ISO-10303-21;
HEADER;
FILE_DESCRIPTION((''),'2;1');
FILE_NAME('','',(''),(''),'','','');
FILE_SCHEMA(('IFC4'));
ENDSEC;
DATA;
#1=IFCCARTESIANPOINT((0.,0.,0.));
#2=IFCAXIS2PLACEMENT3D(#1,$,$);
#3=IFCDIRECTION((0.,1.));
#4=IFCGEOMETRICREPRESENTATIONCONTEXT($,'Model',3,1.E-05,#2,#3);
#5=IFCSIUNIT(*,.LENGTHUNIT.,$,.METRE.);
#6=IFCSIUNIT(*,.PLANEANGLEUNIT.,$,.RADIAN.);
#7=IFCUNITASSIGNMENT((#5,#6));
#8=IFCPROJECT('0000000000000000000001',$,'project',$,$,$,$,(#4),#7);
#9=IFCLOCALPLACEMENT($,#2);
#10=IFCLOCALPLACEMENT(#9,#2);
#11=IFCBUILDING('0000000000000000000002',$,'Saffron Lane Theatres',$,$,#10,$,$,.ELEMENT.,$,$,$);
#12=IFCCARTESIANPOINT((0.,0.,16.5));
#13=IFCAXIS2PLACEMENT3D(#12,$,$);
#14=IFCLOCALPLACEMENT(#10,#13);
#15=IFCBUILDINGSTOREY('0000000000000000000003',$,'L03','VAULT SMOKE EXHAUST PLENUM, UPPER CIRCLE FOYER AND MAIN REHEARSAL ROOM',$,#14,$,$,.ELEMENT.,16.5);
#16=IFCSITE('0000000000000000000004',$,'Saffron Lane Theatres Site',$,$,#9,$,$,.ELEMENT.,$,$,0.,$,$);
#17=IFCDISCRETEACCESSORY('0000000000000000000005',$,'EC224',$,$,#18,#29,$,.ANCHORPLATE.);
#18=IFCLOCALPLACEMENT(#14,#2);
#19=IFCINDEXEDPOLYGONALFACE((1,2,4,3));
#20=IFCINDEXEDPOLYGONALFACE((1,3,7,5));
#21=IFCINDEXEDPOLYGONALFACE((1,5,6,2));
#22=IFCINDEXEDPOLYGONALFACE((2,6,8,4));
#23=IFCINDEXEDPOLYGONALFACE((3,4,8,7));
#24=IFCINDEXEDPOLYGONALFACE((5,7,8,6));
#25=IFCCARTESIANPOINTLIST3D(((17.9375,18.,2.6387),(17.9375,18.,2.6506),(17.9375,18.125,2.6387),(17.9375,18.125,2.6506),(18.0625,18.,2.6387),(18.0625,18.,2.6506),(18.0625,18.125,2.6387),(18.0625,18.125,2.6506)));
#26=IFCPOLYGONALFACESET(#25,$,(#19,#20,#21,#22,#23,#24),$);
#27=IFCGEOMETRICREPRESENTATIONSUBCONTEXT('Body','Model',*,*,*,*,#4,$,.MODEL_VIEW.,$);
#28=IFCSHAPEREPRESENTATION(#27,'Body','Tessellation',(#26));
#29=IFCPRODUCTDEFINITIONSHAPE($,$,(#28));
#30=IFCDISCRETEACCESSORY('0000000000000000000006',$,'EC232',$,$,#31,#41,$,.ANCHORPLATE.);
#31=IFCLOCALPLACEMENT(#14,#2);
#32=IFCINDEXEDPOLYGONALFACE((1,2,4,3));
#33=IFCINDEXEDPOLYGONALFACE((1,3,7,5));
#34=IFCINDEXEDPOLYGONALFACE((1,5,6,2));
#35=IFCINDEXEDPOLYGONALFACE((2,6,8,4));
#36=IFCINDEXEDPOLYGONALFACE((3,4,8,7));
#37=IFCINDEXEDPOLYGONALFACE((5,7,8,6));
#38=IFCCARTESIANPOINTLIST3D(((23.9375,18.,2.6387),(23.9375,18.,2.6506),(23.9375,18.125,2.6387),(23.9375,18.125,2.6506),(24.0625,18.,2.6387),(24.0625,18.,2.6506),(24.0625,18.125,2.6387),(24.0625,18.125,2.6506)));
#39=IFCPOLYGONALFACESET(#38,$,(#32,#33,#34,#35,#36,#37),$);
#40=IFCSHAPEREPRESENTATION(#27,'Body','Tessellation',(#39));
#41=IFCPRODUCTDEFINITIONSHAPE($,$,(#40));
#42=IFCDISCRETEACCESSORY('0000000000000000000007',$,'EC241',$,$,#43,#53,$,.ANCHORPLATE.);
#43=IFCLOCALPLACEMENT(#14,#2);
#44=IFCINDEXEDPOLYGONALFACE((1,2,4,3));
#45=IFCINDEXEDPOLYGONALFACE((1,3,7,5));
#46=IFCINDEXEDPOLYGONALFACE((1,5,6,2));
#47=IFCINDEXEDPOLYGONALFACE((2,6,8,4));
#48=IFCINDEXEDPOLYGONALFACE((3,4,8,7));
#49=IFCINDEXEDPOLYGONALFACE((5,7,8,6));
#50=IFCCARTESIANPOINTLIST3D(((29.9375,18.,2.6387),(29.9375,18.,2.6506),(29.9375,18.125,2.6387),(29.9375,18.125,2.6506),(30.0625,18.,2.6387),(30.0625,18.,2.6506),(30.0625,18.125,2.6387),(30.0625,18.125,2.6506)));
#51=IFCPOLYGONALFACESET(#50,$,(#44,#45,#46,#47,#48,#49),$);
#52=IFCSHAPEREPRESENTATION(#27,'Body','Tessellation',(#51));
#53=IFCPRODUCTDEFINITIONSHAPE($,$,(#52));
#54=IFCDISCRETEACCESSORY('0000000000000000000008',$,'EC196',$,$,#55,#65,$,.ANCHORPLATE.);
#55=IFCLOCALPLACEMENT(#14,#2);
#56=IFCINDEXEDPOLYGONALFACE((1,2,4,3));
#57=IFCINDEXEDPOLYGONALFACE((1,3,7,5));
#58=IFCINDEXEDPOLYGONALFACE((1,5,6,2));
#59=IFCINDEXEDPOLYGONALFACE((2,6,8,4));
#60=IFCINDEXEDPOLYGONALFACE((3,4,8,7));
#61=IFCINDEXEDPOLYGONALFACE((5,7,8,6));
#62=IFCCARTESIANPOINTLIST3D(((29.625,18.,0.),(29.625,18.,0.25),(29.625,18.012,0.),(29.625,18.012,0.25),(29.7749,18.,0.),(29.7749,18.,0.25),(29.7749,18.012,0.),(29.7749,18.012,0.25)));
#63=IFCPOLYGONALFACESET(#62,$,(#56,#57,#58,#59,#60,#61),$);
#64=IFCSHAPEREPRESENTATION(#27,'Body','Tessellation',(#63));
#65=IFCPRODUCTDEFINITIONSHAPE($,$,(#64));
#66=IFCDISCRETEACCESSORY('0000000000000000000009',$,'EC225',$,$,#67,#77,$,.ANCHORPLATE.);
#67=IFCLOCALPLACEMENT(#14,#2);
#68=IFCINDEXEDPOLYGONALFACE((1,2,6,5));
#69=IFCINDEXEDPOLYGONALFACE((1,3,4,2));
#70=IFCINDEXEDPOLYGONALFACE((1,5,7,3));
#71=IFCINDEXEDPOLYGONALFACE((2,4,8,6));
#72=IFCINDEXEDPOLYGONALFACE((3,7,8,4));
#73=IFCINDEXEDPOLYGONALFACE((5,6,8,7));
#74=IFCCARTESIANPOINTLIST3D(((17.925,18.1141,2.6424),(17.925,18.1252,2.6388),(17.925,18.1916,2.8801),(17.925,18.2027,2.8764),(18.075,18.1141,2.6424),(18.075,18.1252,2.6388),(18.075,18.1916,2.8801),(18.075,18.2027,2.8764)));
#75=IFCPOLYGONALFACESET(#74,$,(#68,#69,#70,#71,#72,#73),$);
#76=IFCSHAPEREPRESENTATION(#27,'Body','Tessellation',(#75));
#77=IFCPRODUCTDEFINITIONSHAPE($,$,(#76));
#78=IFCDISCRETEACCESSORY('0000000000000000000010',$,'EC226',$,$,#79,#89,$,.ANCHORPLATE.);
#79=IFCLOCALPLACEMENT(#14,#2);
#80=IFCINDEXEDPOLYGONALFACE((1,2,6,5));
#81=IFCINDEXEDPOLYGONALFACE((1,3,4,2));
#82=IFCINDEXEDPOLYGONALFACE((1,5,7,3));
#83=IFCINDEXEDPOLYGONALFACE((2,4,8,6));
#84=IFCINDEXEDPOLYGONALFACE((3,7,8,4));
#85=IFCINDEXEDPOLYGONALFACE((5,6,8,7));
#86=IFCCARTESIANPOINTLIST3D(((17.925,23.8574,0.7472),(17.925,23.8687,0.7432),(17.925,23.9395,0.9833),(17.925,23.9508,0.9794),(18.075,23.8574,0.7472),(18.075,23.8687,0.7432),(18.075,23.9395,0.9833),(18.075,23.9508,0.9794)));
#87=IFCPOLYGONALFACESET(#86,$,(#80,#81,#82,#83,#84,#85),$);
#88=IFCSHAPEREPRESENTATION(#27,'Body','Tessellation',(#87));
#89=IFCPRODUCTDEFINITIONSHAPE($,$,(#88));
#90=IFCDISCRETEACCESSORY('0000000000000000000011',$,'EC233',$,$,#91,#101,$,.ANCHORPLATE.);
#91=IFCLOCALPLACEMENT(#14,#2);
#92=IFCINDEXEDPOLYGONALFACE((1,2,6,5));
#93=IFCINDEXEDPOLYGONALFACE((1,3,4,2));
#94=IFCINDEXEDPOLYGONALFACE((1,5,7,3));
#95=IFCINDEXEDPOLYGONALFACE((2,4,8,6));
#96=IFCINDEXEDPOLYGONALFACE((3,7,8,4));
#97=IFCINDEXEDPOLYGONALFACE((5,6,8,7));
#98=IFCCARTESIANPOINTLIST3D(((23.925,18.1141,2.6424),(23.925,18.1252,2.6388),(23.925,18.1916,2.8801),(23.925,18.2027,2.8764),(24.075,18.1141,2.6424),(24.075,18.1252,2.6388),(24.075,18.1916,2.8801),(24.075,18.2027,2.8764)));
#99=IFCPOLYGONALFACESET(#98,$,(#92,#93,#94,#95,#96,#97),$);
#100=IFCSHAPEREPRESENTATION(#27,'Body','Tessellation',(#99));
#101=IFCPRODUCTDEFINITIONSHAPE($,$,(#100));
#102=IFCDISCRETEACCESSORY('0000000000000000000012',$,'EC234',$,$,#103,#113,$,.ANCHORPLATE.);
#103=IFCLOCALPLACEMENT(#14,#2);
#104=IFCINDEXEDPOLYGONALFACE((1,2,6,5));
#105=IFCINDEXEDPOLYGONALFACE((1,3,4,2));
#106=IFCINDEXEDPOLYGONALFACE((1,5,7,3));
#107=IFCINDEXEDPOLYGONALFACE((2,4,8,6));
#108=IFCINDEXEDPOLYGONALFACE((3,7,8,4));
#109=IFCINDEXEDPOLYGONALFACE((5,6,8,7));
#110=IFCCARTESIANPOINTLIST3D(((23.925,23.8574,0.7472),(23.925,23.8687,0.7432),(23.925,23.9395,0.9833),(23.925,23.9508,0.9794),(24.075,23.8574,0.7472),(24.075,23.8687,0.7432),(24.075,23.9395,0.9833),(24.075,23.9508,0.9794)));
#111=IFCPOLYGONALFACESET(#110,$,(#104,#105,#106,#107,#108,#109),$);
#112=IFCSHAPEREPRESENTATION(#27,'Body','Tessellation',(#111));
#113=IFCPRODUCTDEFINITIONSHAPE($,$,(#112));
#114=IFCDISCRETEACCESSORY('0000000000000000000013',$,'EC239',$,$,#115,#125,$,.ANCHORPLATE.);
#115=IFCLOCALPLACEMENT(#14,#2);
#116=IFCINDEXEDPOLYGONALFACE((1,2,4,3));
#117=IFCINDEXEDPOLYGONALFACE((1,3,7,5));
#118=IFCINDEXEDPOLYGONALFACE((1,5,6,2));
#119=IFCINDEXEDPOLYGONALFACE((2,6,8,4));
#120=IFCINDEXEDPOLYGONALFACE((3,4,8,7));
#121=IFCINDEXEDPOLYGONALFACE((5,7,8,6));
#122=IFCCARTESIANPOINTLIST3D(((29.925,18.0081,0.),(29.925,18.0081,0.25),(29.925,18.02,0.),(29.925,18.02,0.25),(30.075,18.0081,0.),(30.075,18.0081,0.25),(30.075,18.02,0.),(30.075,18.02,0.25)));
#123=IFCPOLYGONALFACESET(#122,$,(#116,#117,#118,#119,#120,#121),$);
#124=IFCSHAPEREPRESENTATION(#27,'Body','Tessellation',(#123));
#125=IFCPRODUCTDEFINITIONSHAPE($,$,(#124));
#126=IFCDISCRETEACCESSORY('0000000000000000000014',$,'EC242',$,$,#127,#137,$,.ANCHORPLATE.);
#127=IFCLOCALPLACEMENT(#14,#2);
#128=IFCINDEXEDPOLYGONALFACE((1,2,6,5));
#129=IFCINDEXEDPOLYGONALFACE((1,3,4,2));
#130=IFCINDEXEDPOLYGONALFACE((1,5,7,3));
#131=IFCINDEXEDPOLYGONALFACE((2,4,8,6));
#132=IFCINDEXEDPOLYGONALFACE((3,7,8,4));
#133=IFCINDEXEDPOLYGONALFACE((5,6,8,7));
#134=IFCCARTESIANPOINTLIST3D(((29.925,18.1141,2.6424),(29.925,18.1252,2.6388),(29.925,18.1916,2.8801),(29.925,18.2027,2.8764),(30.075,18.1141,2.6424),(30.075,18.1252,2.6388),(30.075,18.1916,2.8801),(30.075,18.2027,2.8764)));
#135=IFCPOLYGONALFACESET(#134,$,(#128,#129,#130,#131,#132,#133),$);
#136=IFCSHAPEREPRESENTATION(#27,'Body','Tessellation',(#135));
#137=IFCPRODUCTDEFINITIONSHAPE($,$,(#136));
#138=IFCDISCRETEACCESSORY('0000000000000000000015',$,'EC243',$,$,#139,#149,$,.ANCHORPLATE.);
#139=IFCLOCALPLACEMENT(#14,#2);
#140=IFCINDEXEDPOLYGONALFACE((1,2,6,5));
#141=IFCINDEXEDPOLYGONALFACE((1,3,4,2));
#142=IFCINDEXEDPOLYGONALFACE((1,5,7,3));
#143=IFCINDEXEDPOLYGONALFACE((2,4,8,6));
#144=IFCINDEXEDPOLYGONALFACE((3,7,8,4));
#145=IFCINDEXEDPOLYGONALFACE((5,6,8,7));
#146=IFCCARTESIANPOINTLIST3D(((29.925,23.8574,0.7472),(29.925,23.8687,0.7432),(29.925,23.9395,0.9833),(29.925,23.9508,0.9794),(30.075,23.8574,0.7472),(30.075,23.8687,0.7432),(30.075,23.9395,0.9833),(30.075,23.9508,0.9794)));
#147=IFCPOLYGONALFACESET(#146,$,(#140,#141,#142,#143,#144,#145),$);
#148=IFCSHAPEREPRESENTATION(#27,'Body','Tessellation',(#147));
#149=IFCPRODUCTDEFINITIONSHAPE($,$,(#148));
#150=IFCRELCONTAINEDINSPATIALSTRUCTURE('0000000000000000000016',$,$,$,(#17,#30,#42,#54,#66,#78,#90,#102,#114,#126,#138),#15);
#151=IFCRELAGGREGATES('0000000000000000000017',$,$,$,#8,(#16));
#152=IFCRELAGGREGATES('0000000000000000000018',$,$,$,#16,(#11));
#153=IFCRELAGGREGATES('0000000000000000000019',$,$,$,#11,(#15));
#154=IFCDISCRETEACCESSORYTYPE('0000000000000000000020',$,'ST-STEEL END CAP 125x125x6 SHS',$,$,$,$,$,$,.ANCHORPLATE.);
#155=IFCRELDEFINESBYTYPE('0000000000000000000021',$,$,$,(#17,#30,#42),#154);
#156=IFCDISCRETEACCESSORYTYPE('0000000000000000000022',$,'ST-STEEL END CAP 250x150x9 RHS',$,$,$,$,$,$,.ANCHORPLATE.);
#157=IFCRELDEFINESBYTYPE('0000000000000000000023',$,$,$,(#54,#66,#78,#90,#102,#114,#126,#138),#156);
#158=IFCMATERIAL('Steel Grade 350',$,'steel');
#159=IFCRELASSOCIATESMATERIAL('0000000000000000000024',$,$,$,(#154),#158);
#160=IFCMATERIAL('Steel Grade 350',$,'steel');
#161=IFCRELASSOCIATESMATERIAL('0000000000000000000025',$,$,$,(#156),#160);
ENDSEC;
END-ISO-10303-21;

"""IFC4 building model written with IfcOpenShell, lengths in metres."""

from ifc_helpers import new_model, si_unit, direction, frame, origin, origin_2d, place, context, subcontext, project, spatial, rectangle, extrude, material, material_profile, profile_set, type_object, element, save


model = new_model("IFC4")

# Units and contexts
model_context = context("Model", 3, precision=1e-05, world=origin(), true_north=direction((0.0, 1.0)))
body_context = subcontext(model_context, "Body", "Model", "MODEL_VIEW")
ifc_project = project(units=[si_unit("LENGTHUNIT", "METRE"), si_unit("PLANEANGLEUNIT", "RADIAN")], contexts=[model_context])

# Site, building, storey
site_placement = place(None, origin())
site = spatial("IfcSite", under=ifc_project, at=site_placement, Name="Saffron Lane Theatres Site", CompositionType="ELEMENT", RefElevation=0.0)
building_placement = place(site_placement, origin())
building = spatial("IfcBuilding", under=site, at=building_placement, Name="Saffron Lane Theatres", CompositionType="ELEMENT")
storey_placement = place(building_placement, frame((0.0, 0.0, 16.5)))
storey = spatial("IfcBuildingStorey", under=building, at=storey_placement, Name="L03", Description="VAULT SMOKE EXHAUST PLENUM, UPPER CIRCLE FOYER AND MAIN REHEARSAL ROOM", CompositionType="ELEMENT", Elevation=16.5)

# Discrete accessories
ifc_material_1 = material(Name="Steel Grade 350", Category="steel")
ifc_material_profile_1 = material_profile(ifc_material_1, rectangle(XDim=0.125, YDim=0.125, at=origin_2d()))
ifc_profile_set_1 = profile_set([ifc_material_profile_1], Name="Steel Grade 350")
discrete_accessory_type_1 = type_object("IfcDiscreteAccessoryType", Name="ST-STEEL END CAP 125x125x6 SHS", PredefinedType="ANCHORPLATE", material=ifc_profile_set_1)
for number, where, z_axis, x_axis, name in (
    (1, (18.0, 18.0625, 2.6387), (0.0, 0.0, 1.0), (1.0, 0.0, 0.0), "EC224"),
    (2, (24.0, 18.0625, 2.6387), (0.0, 0.0, 1.0), (1.0, 0.0, 0.0), "EC232"),
    (3, (30.0, 18.0625, 2.6387), (0.0, 0.0, 1.0), (1.0, 0.0, 0.0), "EC241"),
):
    element("IfcDiscreteAccessory", number, at=place(storey_placement, frame(where, z_axis=z_axis, x_axis=x_axis)), inside=storey, type_object=discrete_accessory_type_1, Name=name, PredefinedType="ANCHORPLATE", context=body_context, shape_type="SweptSolid", body=[
        extrude(rectangle(XDim=0.125, YDim=0.125, at=origin_2d()), origin(), (0.0, 0.0, 1.0), 0.012),
    ])
ifc_material_2 = material(Name="Steel Grade 350", Category="steel")
ifc_material_profile_2 = material_profile(ifc_material_2, rectangle(XDim=0.1499, YDim=0.25, at=origin_2d()))
ifc_profile_set_2 = profile_set([ifc_material_profile_2], Name="Steel Grade 350")
discrete_accessory_type_2 = type_object("IfcDiscreteAccessoryType", Name="ST-STEEL END CAP 250x150x9 RHS", PredefinedType="ANCHORPLATE", material=ifc_profile_set_2)
discrete_accessory_1_placement = place(storey_placement, frame((29.7, 18.0, 0.125), z_axis=(0.0, 1.0, 0.0), x_axis=(-1.0, 0.0, 0.0)))
element("IfcDiscreteAccessory", 4, at=discrete_accessory_1_placement, inside=storey, type_object=discrete_accessory_type_2, Name="EC196", PredefinedType="ANCHORPLATE", context=body_context, shape_type="SweptSolid", body=[
    extrude(rectangle(XDim=0.1499, YDim=0.25, at=origin_2d()), origin(), (0.0, 0.0, 1.0), 0.012),
])
discrete_accessory_2_placement = place(storey_placement, frame((18.0, 18.1528, 2.7612), z_axis=(0.0, 0.95073, -0.310021), x_axis=(-1.0, 0.0, 0.0)))
element("IfcDiscreteAccessory", 5, at=discrete_accessory_2_placement, inside=storey, type_object=discrete_accessory_type_2, Name="EC225", PredefinedType="ANCHORPLATE", context=body_context, shape_type="SweptSolid", body=[
    extrude(rectangle(XDim=0.1499, YDim=0.25, at=origin_2d()), origin(), (0.0, 0.0, 1.0), 0.0117),
])
discrete_accessory_3_placement = place(storey_placement, frame((18.0, 23.8984, 0.8652), z_axis=(0.0, 0.944497, -0.328521), x_axis=(-1.0, 0.0, 0.0)))
element("IfcDiscreteAccessory", 6, at=discrete_accessory_3_placement, inside=storey, type_object=discrete_accessory_type_2, Name="EC226", PredefinedType="ANCHORPLATE", context=body_context, shape_type="SweptSolid", body=[
    extrude(rectangle(XDim=0.1499, YDim=0.25, at=origin_2d()), origin(), (0.0, 0.0, 1.0), 0.012),
])
discrete_accessory_4_placement = place(storey_placement, frame((24.0, 18.1528, 2.7612), z_axis=(0.0, 0.95073, -0.310021), x_axis=(-1.0, 0.0, 0.0)))
element("IfcDiscreteAccessory", 7, at=discrete_accessory_4_placement, inside=storey, type_object=discrete_accessory_type_2, Name="EC233", PredefinedType="ANCHORPLATE", context=body_context, shape_type="SweptSolid", body=[
    extrude(rectangle(XDim=0.1499, YDim=0.25, at=origin_2d()), origin(), (0.0, 0.0, 1.0), 0.0117),
])
for number, where, z_axis, x_axis, name in (
    (8, (24.0, 23.8984, 0.8652), (0.0, 0.944497, -0.328521), (-1.0, 0.0, 0.0), "EC234"),
    (9, (30.0, 18.0081, 0.125), (0.0, 1.0, 0.0), (-1.0, 0.0, 0.0), "EC239"),
):
    element("IfcDiscreteAccessory", number, at=place(storey_placement, frame(where, z_axis=z_axis, x_axis=x_axis)), inside=storey, type_object=discrete_accessory_type_2, Name=name, PredefinedType="ANCHORPLATE", context=body_context, shape_type="SweptSolid", body=[
        extrude(rectangle(XDim=0.1499, YDim=0.25, at=origin_2d()), origin(), (0.0, 0.0, 1.0), 0.012),
    ])
discrete_accessory_5_placement = place(storey_placement, frame((30.0, 18.1528, 2.7612), z_axis=(0.0, 0.95073, -0.310021), x_axis=(-1.0, 0.0, 0.0)))
element("IfcDiscreteAccessory", 10, at=discrete_accessory_5_placement, inside=storey, type_object=discrete_accessory_type_2, Name="EC242", PredefinedType="ANCHORPLATE", context=body_context, shape_type="SweptSolid", body=[
    extrude(rectangle(XDim=0.1499, YDim=0.25, at=origin_2d()), origin(), (0.0, 0.0, 1.0), 0.0117),
])
discrete_accessory_6_placement = place(storey_placement, frame((30.0, 23.8984, 0.8652), z_axis=(0.0, 0.944497, -0.328521), x_axis=(-1.0, 0.0, 0.0)))
element("IfcDiscreteAccessory", 11, at=discrete_accessory_6_placement, inside=storey, type_object=discrete_accessory_type_2, Name="EC243", PredefinedType="ANCHORPLATE", context=body_context, shape_type="SweptSolid", body=[
    extrude(rectangle(XDim=0.1499, YDim=0.25, at=origin_2d()), origin(), (0.0, 0.0, 1.0), 0.012),
])

save(model, "model.ifc")
